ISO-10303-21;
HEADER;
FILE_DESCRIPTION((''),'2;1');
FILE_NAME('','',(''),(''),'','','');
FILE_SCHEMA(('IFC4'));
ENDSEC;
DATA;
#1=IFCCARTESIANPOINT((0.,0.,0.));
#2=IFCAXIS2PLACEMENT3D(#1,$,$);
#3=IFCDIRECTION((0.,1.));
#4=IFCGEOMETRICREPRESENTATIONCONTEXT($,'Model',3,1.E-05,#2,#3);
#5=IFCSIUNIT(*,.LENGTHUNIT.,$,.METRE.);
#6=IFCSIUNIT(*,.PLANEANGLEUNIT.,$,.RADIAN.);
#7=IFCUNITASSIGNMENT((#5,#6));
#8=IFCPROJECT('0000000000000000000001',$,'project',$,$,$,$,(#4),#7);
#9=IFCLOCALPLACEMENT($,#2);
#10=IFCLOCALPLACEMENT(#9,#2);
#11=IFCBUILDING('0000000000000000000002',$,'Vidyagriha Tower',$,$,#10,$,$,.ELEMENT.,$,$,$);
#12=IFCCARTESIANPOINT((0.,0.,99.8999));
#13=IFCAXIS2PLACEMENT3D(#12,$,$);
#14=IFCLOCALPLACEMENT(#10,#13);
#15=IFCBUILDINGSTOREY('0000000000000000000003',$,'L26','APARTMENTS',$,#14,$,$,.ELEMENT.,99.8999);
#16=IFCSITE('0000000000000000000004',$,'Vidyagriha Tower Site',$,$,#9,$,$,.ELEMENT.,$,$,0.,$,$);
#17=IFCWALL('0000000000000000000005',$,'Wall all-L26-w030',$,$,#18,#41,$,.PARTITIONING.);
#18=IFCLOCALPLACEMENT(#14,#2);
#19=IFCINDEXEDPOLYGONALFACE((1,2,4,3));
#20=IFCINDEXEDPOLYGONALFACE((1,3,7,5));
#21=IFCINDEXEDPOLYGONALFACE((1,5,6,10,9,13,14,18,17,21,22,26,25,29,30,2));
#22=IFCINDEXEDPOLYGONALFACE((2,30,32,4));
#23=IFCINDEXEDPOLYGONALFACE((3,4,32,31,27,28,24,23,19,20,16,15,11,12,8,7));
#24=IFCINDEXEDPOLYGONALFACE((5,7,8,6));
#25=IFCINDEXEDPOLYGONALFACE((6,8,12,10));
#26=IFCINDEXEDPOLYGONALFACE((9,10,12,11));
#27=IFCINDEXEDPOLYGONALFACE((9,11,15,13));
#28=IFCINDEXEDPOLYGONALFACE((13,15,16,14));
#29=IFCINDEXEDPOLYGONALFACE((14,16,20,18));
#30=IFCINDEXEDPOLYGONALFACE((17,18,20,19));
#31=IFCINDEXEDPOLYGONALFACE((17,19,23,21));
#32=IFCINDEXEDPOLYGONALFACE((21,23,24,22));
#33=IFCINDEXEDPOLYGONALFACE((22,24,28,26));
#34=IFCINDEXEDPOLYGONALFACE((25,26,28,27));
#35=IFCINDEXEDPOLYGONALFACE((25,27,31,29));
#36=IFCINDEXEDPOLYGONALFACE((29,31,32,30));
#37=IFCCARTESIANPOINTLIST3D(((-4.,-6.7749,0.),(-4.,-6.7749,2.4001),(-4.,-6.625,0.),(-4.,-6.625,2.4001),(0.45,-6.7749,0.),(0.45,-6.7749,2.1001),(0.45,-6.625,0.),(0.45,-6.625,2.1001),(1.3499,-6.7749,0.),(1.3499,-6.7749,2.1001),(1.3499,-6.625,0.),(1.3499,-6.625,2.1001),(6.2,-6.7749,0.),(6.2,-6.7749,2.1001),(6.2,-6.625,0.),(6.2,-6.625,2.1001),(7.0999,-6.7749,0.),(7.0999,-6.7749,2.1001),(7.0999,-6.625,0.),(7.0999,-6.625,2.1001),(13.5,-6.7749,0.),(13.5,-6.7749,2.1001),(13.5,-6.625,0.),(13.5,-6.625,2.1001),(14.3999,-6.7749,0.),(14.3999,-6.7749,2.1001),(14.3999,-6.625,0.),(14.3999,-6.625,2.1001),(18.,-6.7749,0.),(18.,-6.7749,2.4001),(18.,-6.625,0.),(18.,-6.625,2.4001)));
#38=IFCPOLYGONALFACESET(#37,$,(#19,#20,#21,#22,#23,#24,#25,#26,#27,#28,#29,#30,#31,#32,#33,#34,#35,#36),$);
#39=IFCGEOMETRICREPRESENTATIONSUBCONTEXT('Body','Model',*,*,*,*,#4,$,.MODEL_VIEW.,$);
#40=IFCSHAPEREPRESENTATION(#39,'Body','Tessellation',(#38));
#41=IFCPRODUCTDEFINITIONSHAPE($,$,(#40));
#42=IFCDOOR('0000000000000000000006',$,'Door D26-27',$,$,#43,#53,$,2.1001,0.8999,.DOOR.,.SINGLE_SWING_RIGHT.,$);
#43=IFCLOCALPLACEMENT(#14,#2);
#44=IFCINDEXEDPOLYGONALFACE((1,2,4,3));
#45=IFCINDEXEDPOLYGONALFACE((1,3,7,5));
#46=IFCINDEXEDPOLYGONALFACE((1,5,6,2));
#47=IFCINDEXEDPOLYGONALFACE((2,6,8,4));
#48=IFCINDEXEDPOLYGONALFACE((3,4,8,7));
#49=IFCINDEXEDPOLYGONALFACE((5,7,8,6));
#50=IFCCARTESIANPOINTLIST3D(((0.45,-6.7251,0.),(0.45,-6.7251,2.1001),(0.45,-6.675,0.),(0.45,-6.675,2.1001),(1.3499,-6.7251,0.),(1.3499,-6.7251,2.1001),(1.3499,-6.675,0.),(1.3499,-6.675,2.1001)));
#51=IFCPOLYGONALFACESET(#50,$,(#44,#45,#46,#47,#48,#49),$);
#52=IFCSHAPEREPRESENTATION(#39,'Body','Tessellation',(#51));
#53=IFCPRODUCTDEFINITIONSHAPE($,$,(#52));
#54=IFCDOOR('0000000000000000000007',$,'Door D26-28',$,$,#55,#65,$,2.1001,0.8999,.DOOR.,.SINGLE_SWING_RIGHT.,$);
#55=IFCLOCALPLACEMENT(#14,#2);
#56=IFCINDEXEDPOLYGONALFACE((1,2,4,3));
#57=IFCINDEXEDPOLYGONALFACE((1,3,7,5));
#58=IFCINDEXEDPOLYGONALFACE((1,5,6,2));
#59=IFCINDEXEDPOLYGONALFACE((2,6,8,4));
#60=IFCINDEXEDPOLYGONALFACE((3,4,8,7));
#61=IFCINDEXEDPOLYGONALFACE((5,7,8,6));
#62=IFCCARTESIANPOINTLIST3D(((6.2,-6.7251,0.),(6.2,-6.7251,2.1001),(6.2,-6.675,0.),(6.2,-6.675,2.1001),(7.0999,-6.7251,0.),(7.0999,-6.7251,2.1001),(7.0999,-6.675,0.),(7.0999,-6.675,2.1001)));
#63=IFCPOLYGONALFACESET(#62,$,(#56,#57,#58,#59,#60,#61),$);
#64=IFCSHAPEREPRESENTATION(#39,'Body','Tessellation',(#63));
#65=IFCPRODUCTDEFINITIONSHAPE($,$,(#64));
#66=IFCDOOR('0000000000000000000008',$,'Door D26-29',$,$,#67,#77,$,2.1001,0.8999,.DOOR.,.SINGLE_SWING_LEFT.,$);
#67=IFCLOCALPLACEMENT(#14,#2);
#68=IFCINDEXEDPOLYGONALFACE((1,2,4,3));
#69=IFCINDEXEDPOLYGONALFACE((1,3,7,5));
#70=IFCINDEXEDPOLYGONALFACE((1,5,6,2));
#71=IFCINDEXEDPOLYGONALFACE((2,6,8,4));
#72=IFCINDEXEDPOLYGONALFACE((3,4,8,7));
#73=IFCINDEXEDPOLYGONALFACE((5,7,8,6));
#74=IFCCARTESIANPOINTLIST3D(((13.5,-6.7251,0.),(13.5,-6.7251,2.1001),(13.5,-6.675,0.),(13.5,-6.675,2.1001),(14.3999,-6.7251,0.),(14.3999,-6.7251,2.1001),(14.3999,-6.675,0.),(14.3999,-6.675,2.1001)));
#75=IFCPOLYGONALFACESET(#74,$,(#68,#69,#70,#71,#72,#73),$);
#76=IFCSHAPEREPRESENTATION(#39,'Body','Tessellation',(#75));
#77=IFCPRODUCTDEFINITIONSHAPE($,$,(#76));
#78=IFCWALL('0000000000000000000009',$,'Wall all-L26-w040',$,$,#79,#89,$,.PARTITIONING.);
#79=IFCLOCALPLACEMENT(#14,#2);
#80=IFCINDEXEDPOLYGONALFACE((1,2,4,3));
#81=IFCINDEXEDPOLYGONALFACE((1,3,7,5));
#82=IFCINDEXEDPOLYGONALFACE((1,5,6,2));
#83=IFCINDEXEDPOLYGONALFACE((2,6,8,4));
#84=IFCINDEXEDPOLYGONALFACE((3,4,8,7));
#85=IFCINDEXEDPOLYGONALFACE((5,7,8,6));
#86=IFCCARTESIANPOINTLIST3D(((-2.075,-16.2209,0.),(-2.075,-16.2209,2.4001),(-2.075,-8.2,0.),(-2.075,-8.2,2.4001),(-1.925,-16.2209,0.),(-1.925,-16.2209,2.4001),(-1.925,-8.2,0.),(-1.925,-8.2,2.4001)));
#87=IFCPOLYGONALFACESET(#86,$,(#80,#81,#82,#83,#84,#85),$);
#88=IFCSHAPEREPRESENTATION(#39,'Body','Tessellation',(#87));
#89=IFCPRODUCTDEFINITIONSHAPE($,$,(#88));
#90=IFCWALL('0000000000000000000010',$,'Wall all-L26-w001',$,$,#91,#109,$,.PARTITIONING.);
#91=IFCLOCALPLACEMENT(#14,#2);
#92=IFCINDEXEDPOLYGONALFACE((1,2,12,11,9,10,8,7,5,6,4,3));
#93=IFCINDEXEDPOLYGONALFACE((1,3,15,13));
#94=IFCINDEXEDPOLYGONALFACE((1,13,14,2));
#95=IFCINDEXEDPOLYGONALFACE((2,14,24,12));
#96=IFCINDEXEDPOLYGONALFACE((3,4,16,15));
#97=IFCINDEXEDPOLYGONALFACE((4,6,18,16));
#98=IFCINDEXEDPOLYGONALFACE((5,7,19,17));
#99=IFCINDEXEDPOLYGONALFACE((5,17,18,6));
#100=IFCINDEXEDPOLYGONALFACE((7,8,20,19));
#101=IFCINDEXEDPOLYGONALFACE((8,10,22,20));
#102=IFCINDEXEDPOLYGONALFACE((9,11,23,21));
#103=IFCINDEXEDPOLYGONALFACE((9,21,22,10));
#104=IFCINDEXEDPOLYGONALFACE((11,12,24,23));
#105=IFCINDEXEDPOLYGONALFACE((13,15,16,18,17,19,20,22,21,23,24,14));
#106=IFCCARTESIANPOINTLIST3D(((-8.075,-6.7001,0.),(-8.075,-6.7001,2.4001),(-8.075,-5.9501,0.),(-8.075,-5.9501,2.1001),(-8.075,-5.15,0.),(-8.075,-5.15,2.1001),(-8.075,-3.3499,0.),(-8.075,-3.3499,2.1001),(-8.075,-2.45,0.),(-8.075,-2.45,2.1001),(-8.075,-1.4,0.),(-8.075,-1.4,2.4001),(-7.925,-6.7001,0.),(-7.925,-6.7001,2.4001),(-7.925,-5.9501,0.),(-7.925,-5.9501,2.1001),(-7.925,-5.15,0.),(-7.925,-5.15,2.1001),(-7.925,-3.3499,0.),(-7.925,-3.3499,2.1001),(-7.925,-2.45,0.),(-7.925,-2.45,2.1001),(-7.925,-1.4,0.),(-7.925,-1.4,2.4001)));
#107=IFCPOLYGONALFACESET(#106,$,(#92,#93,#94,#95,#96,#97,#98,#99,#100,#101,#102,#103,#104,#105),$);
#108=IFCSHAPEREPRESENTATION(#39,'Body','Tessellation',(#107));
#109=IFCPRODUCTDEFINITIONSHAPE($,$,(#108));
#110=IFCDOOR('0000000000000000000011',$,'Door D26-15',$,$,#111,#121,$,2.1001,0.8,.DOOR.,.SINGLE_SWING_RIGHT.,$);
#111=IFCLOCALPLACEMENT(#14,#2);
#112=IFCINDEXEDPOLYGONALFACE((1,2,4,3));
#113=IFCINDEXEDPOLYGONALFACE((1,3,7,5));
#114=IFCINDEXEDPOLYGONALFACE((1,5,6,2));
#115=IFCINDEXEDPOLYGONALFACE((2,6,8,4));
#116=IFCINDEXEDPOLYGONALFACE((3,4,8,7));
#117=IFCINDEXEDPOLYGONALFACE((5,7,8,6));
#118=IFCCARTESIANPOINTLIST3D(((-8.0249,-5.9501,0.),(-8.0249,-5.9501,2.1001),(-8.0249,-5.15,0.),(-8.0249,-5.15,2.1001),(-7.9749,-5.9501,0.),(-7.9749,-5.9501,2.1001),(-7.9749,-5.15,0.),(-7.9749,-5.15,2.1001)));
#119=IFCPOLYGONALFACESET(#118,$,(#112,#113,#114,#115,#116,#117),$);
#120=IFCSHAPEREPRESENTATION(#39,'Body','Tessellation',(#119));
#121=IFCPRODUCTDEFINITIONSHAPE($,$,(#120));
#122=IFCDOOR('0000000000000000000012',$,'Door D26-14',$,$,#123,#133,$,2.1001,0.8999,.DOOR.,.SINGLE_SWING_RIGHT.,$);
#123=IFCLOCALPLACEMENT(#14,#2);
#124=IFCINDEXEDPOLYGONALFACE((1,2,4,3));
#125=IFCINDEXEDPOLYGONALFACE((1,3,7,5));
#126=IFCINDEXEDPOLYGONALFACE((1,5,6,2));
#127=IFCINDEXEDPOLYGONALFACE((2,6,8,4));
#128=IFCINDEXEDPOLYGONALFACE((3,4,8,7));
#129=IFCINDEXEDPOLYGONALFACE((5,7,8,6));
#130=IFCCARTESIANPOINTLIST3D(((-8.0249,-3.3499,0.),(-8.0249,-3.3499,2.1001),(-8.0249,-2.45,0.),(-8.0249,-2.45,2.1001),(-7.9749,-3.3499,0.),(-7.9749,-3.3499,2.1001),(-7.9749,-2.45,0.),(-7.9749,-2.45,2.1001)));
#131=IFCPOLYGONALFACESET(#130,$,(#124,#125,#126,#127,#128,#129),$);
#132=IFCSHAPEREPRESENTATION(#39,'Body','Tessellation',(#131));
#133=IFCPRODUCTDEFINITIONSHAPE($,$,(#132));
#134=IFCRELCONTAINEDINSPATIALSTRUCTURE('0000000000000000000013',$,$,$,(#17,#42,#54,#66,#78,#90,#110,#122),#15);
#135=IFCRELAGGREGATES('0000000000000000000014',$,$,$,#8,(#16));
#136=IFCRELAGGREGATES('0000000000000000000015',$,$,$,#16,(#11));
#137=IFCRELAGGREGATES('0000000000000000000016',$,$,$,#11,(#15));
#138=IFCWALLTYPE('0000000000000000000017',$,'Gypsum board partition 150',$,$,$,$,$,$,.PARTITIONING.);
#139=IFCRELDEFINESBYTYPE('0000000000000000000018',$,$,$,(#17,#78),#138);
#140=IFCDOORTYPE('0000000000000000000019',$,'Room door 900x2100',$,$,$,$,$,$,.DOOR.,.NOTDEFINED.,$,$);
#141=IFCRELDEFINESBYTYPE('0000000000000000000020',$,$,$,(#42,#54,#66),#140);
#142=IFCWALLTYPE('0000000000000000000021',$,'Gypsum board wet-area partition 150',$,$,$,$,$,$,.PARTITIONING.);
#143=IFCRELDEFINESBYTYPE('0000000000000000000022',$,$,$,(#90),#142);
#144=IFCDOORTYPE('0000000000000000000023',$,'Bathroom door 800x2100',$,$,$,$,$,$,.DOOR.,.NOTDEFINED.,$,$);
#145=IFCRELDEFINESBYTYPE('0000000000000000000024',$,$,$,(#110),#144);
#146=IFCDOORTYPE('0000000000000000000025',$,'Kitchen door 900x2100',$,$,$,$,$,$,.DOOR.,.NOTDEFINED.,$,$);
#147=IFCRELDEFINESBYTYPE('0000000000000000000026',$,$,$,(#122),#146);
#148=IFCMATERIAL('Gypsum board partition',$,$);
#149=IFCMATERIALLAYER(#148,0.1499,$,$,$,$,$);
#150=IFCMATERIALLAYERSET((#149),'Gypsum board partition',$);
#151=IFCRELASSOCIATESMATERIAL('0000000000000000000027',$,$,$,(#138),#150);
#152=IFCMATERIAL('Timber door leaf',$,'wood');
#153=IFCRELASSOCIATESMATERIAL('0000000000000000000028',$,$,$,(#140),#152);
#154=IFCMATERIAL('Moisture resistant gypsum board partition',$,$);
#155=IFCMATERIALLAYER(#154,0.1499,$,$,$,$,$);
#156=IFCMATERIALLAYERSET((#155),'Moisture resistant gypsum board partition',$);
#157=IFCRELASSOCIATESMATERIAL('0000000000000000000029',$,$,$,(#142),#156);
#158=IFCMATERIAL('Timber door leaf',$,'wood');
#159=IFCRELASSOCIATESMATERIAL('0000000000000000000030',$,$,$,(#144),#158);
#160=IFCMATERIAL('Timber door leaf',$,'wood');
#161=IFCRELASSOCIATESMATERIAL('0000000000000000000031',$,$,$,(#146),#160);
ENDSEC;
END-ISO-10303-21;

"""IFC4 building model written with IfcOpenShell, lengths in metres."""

from ifc_helpers import new_model, si_unit, direction, frame, frame_2d, origin, place, context, subcontext, project, spatial, rectangle, extrude, material, layer, layer_set, type_object, element, fill, save


model = new_model("IFC4")

# Units and contexts
model_context = context("Model", 3, precision=1e-05, world=origin(), true_north=direction((0.0, 1.0)))
body_context = subcontext(model_context, "Body", "Model", "MODEL_VIEW")
ifc_project = project(units=[si_unit("LENGTHUNIT", "METRE"), si_unit("PLANEANGLEUNIT", "RADIAN")], contexts=[model_context])

# Site, building, storey
site_placement = place(None, origin())
site = spatial("IfcSite", under=ifc_project, at=site_placement, Name="Vidyagriha Tower Site", CompositionType="ELEMENT", RefElevation=0.0)
building_placement = place(site_placement, origin())
building = spatial("IfcBuilding", under=site, at=building_placement, Name="Vidyagriha Tower", CompositionType="ELEMENT")
storey_placement = place(building_placement, frame((0.0, 0.0, 99.8999)))
storey = spatial("IfcBuildingStorey", under=building, at=storey_placement, Name="L26", Description="APARTMENTS", CompositionType="ELEMENT", Elevation=99.8999)

# Shared definitions
ifc_material_1 = material(Name="Gypsum board partition")
ifc_layer_1 = layer(ifc_material_1, 0.1499)
ifc_layer_set_1 = layer_set([ifc_layer_1], Name="Gypsum board partition")
wall_type_1 = type_object("IfcWallType", Name="Gypsum board partition 150", PredefinedType="PARTITIONING", material=ifc_layer_set_1)

# Shared definitions
ifc_material_2 = material(Name="Timber door leaf", Category="wood")
door_type_1 = type_object("IfcDoorType", Name="Room door 900x2100", OperationType="NOTDEFINED", PredefinedType="DOOR", material=ifc_material_2)

# Wall, openings, doors
wall_1_placement = place(storey_placement, frame((-4.0, -6.7, 0.0)))
wall_1 = element("IfcWall", 1, at=wall_1_placement, inside=storey, type_object=wall_type_1, Name="Wall all-L26-w030", PredefinedType="PARTITIONING", context=body_context, shape_type="SweptSolid", body=[
    extrude(rectangle(XDim=22.0, YDim=0.1499, at=frame_2d((11.0, 0.0))), origin(), (0.0, 0.0, 1.0), 2.4001),
])
opening_1_placement = place(wall_1_placement, frame((4.45, 0.0, 0.0)))
opening_1 = element("IfcOpeningElement", 2, at=opening_1_placement, cuts=wall_1, PredefinedType="OPENING", context=body_context, shape_type="SweptSolid", body=[
    extrude(rectangle(XDim=0.8999, YDim=2.1001, at=frame_2d((0.45, 1.05))), frame((0.0, 0.085, 0.0), z_axis=(0.0, -1.0, 0.0), x_axis=(1.0, 0.0, 0.0)), (0.0, 0.0, 1.0), 0.1699),
])
opening_2_placement = place(wall_1_placement, frame((10.2, 0.0, 0.0)))
opening_2 = element("IfcOpeningElement", 3, at=opening_2_placement, cuts=wall_1, PredefinedType="OPENING", context=body_context, shape_type="SweptSolid", body=[
    extrude(rectangle(XDim=0.8999, YDim=2.1001, at=frame_2d((0.45, 1.05))), frame((0.0, 0.085, 0.0), z_axis=(0.0, -1.0, 0.0), x_axis=(1.0, 0.0, 0.0)), (0.0, 0.0, 1.0), 0.1699),
])
opening_3_placement = place(wall_1_placement, frame((17.5, 0.0, 0.0)))
opening_3 = element("IfcOpeningElement", 4, at=opening_3_placement, cuts=wall_1, PredefinedType="OPENING", context=body_context, shape_type="SweptSolid", body=[
    extrude(rectangle(XDim=0.8999, YDim=2.1001, at=frame_2d((0.45, 1.05))), frame((0.0, 0.085, 0.0), z_axis=(0.0, -1.0, 0.0), x_axis=(1.0, 0.0, 0.0)), (0.0, 0.0, 1.0), 0.1699),
])
door_1_placement = place(opening_1_placement, origin())
door_1 = element("IfcDoor", 5, at=door_1_placement, inside=storey, type_object=door_type_1, Name="Door D26-27", OperationType="SINGLE_SWING_RIGHT", OverallHeight=2.1001, OverallWidth=0.8999, PredefinedType="DOOR", context=body_context, shape_type="SweptSolid", body=[
    extrude(rectangle(XDim=0.8999, YDim=2.1001, at=frame_2d((0.45, 1.05))), frame((0.0, 0.0249, 0.0), z_axis=(0.0, -1.0, 0.0), x_axis=(1.0, 0.0, 0.0)), (0.0, 0.0, 1.0), 0.05),
])
fill(opening_1, door_1)
door_2_placement = place(opening_2_placement, origin())
door_2 = element("IfcDoor", 6, at=door_2_placement, inside=storey, type_object=door_type_1, Name="Door D26-28", OperationType="SINGLE_SWING_RIGHT", OverallHeight=2.1001, OverallWidth=0.8999, PredefinedType="DOOR", context=body_context, shape_type="SweptSolid", body=[
    extrude(rectangle(XDim=0.8999, YDim=2.1001, at=frame_2d((0.45, 1.05))), frame((0.0, 0.0249, 0.0), z_axis=(0.0, -1.0, 0.0), x_axis=(1.0, 0.0, 0.0)), (0.0, 0.0, 1.0), 0.05),
])
fill(opening_2, door_2)
door_3_placement = place(opening_3_placement, origin())
door_3 = element("IfcDoor", 7, at=door_3_placement, inside=storey, type_object=door_type_1, Name="Door D26-29", OperationType="SINGLE_SWING_LEFT", OverallHeight=2.1001, OverallWidth=0.8999, PredefinedType="DOOR", context=body_context, shape_type="SweptSolid", body=[
    extrude(rectangle(XDim=0.8999, YDim=2.1001, at=frame_2d((0.45, 1.05))), frame((0.0, 0.0249, 0.0), z_axis=(0.0, -1.0, 0.0), x_axis=(1.0, 0.0, 0.0)), (0.0, 0.0, 1.0), 0.05),
])
fill(opening_3, door_3)

# Wall
wall_2_placement = place(storey_placement, frame((-2.0, -8.2, 0.0), z_axis=(0.0, 0.0, 1.0), x_axis=(0.0, -1.0, 0.0)))
element("IfcWall", 8, at=wall_2_placement, inside=storey, type_object=wall_type_1, Name="Wall all-L26-w040", PredefinedType="PARTITIONING", context=body_context, shape_type="SweptSolid", body=[
    extrude(rectangle(XDim=8.021, YDim=0.1499, at=frame_2d((4.0105, 0.0))), origin(), (0.0, 0.0, 1.0), 2.4001),
])

# Wall, openings, doors
ifc_material_3 = material(Name="Moisture resistant gypsum board partition")
ifc_layer_2 = layer(ifc_material_3, 0.1499)
ifc_layer_set_2 = layer_set([ifc_layer_2], Name="Moisture resistant gypsum board partition")
wall_type_2 = type_object("IfcWallType", Name="Gypsum board wet-area partition 150", PredefinedType="PARTITIONING", material=ifc_layer_set_2)
wall_3_placement = place(storey_placement, frame((-8.0, -6.7, 0.0), z_axis=(0.0, 0.0, 1.0), x_axis=(0.0, 1.0, 0.0)))
wall_3 = element("IfcWall", 9, at=wall_3_placement, inside=storey, type_object=wall_type_2, Name="Wall all-L26-w001", PredefinedType="PARTITIONING", context=body_context, shape_type="SweptSolid", body=[
    extrude(rectangle(XDim=5.3, YDim=0.1499, at=frame_2d((2.6499, 0.0))), origin(), (0.0, 0.0, 1.0), 2.4001),
])
opening_4_placement = place(wall_3_placement, frame((3.3501, 0.0, 0.0)))
opening_4 = element("IfcOpeningElement", 10, at=opening_4_placement, cuts=wall_3, PredefinedType="OPENING", context=body_context, shape_type="SweptSolid", body=[
    extrude(rectangle(XDim=0.8999, YDim=2.1001, at=frame_2d((0.45, 1.05))), frame((0.0, 0.085, 0.0), z_axis=(0.0, -1.0, 0.0), x_axis=(1.0, 0.0, 0.0)), (0.0, 0.0, 1.0), 0.1699),
])
opening_5_placement = place(wall_3_placement, frame((0.75, 0.0, 0.0)))
opening_5 = element("IfcOpeningElement", 11, at=opening_5_placement, cuts=wall_3, PredefinedType="OPENING", context=body_context, shape_type="SweptSolid", body=[
    extrude(rectangle(XDim=0.8, YDim=2.1001, at=frame_2d((0.3999, 1.05))), frame((0.0, 0.085, 0.0), z_axis=(0.0, -1.0, 0.0), x_axis=(1.0, 0.0, 0.0)), (0.0, 0.0, 1.0), 0.1699),
])
ifc_material_4 = material(Name="Timber door leaf", Category="wood")
door_type_2 = type_object("IfcDoorType", Name="Bathroom door 800x2100", OperationType="NOTDEFINED", PredefinedType="DOOR", material=ifc_material_4)
door_4_placement = place(opening_5_placement, origin())
door_4 = element("IfcDoor", 12, at=door_4_placement, inside=storey, type_object=door_type_2, Name="Door D26-15", OperationType="SINGLE_SWING_RIGHT", OverallHeight=2.1001, OverallWidth=0.8, PredefinedType="DOOR", context=body_context, shape_type="SweptSolid", body=[
    extrude(rectangle(XDim=0.8, YDim=2.1001, at=frame_2d((0.3999, 1.05))), frame((0.0, 0.0249, 0.0), z_axis=(0.0, -1.0, 0.0), x_axis=(1.0, 0.0, 0.0)), (0.0, 0.0, 1.0), 0.05),
])
fill(opening_5, door_4)
ifc_material_5 = material(Name="Timber door leaf", Category="wood")
door_type_3 = type_object("IfcDoorType", Name="Kitchen door 900x2100", OperationType="NOTDEFINED", PredefinedType="DOOR", material=ifc_material_5)
door_5_placement = place(opening_4_placement, origin())
door_5 = element("IfcDoor", 13, at=door_5_placement, inside=storey, type_object=door_type_3, Name="Door D26-14", OperationType="SINGLE_SWING_RIGHT", OverallHeight=2.1001, OverallWidth=0.8999, PredefinedType="DOOR", context=body_context, shape_type="SweptSolid", body=[
    extrude(rectangle(XDim=0.8999, YDim=2.1001, at=frame_2d((0.45, 1.05))), frame((0.0, 0.0249, 0.0), z_axis=(0.0, -1.0, 0.0), x_axis=(1.0, 0.0, 0.0)), (0.0, 0.0, 1.0), 0.05),
])
fill(opening_4, door_5)

save(model, "model.ifc")
